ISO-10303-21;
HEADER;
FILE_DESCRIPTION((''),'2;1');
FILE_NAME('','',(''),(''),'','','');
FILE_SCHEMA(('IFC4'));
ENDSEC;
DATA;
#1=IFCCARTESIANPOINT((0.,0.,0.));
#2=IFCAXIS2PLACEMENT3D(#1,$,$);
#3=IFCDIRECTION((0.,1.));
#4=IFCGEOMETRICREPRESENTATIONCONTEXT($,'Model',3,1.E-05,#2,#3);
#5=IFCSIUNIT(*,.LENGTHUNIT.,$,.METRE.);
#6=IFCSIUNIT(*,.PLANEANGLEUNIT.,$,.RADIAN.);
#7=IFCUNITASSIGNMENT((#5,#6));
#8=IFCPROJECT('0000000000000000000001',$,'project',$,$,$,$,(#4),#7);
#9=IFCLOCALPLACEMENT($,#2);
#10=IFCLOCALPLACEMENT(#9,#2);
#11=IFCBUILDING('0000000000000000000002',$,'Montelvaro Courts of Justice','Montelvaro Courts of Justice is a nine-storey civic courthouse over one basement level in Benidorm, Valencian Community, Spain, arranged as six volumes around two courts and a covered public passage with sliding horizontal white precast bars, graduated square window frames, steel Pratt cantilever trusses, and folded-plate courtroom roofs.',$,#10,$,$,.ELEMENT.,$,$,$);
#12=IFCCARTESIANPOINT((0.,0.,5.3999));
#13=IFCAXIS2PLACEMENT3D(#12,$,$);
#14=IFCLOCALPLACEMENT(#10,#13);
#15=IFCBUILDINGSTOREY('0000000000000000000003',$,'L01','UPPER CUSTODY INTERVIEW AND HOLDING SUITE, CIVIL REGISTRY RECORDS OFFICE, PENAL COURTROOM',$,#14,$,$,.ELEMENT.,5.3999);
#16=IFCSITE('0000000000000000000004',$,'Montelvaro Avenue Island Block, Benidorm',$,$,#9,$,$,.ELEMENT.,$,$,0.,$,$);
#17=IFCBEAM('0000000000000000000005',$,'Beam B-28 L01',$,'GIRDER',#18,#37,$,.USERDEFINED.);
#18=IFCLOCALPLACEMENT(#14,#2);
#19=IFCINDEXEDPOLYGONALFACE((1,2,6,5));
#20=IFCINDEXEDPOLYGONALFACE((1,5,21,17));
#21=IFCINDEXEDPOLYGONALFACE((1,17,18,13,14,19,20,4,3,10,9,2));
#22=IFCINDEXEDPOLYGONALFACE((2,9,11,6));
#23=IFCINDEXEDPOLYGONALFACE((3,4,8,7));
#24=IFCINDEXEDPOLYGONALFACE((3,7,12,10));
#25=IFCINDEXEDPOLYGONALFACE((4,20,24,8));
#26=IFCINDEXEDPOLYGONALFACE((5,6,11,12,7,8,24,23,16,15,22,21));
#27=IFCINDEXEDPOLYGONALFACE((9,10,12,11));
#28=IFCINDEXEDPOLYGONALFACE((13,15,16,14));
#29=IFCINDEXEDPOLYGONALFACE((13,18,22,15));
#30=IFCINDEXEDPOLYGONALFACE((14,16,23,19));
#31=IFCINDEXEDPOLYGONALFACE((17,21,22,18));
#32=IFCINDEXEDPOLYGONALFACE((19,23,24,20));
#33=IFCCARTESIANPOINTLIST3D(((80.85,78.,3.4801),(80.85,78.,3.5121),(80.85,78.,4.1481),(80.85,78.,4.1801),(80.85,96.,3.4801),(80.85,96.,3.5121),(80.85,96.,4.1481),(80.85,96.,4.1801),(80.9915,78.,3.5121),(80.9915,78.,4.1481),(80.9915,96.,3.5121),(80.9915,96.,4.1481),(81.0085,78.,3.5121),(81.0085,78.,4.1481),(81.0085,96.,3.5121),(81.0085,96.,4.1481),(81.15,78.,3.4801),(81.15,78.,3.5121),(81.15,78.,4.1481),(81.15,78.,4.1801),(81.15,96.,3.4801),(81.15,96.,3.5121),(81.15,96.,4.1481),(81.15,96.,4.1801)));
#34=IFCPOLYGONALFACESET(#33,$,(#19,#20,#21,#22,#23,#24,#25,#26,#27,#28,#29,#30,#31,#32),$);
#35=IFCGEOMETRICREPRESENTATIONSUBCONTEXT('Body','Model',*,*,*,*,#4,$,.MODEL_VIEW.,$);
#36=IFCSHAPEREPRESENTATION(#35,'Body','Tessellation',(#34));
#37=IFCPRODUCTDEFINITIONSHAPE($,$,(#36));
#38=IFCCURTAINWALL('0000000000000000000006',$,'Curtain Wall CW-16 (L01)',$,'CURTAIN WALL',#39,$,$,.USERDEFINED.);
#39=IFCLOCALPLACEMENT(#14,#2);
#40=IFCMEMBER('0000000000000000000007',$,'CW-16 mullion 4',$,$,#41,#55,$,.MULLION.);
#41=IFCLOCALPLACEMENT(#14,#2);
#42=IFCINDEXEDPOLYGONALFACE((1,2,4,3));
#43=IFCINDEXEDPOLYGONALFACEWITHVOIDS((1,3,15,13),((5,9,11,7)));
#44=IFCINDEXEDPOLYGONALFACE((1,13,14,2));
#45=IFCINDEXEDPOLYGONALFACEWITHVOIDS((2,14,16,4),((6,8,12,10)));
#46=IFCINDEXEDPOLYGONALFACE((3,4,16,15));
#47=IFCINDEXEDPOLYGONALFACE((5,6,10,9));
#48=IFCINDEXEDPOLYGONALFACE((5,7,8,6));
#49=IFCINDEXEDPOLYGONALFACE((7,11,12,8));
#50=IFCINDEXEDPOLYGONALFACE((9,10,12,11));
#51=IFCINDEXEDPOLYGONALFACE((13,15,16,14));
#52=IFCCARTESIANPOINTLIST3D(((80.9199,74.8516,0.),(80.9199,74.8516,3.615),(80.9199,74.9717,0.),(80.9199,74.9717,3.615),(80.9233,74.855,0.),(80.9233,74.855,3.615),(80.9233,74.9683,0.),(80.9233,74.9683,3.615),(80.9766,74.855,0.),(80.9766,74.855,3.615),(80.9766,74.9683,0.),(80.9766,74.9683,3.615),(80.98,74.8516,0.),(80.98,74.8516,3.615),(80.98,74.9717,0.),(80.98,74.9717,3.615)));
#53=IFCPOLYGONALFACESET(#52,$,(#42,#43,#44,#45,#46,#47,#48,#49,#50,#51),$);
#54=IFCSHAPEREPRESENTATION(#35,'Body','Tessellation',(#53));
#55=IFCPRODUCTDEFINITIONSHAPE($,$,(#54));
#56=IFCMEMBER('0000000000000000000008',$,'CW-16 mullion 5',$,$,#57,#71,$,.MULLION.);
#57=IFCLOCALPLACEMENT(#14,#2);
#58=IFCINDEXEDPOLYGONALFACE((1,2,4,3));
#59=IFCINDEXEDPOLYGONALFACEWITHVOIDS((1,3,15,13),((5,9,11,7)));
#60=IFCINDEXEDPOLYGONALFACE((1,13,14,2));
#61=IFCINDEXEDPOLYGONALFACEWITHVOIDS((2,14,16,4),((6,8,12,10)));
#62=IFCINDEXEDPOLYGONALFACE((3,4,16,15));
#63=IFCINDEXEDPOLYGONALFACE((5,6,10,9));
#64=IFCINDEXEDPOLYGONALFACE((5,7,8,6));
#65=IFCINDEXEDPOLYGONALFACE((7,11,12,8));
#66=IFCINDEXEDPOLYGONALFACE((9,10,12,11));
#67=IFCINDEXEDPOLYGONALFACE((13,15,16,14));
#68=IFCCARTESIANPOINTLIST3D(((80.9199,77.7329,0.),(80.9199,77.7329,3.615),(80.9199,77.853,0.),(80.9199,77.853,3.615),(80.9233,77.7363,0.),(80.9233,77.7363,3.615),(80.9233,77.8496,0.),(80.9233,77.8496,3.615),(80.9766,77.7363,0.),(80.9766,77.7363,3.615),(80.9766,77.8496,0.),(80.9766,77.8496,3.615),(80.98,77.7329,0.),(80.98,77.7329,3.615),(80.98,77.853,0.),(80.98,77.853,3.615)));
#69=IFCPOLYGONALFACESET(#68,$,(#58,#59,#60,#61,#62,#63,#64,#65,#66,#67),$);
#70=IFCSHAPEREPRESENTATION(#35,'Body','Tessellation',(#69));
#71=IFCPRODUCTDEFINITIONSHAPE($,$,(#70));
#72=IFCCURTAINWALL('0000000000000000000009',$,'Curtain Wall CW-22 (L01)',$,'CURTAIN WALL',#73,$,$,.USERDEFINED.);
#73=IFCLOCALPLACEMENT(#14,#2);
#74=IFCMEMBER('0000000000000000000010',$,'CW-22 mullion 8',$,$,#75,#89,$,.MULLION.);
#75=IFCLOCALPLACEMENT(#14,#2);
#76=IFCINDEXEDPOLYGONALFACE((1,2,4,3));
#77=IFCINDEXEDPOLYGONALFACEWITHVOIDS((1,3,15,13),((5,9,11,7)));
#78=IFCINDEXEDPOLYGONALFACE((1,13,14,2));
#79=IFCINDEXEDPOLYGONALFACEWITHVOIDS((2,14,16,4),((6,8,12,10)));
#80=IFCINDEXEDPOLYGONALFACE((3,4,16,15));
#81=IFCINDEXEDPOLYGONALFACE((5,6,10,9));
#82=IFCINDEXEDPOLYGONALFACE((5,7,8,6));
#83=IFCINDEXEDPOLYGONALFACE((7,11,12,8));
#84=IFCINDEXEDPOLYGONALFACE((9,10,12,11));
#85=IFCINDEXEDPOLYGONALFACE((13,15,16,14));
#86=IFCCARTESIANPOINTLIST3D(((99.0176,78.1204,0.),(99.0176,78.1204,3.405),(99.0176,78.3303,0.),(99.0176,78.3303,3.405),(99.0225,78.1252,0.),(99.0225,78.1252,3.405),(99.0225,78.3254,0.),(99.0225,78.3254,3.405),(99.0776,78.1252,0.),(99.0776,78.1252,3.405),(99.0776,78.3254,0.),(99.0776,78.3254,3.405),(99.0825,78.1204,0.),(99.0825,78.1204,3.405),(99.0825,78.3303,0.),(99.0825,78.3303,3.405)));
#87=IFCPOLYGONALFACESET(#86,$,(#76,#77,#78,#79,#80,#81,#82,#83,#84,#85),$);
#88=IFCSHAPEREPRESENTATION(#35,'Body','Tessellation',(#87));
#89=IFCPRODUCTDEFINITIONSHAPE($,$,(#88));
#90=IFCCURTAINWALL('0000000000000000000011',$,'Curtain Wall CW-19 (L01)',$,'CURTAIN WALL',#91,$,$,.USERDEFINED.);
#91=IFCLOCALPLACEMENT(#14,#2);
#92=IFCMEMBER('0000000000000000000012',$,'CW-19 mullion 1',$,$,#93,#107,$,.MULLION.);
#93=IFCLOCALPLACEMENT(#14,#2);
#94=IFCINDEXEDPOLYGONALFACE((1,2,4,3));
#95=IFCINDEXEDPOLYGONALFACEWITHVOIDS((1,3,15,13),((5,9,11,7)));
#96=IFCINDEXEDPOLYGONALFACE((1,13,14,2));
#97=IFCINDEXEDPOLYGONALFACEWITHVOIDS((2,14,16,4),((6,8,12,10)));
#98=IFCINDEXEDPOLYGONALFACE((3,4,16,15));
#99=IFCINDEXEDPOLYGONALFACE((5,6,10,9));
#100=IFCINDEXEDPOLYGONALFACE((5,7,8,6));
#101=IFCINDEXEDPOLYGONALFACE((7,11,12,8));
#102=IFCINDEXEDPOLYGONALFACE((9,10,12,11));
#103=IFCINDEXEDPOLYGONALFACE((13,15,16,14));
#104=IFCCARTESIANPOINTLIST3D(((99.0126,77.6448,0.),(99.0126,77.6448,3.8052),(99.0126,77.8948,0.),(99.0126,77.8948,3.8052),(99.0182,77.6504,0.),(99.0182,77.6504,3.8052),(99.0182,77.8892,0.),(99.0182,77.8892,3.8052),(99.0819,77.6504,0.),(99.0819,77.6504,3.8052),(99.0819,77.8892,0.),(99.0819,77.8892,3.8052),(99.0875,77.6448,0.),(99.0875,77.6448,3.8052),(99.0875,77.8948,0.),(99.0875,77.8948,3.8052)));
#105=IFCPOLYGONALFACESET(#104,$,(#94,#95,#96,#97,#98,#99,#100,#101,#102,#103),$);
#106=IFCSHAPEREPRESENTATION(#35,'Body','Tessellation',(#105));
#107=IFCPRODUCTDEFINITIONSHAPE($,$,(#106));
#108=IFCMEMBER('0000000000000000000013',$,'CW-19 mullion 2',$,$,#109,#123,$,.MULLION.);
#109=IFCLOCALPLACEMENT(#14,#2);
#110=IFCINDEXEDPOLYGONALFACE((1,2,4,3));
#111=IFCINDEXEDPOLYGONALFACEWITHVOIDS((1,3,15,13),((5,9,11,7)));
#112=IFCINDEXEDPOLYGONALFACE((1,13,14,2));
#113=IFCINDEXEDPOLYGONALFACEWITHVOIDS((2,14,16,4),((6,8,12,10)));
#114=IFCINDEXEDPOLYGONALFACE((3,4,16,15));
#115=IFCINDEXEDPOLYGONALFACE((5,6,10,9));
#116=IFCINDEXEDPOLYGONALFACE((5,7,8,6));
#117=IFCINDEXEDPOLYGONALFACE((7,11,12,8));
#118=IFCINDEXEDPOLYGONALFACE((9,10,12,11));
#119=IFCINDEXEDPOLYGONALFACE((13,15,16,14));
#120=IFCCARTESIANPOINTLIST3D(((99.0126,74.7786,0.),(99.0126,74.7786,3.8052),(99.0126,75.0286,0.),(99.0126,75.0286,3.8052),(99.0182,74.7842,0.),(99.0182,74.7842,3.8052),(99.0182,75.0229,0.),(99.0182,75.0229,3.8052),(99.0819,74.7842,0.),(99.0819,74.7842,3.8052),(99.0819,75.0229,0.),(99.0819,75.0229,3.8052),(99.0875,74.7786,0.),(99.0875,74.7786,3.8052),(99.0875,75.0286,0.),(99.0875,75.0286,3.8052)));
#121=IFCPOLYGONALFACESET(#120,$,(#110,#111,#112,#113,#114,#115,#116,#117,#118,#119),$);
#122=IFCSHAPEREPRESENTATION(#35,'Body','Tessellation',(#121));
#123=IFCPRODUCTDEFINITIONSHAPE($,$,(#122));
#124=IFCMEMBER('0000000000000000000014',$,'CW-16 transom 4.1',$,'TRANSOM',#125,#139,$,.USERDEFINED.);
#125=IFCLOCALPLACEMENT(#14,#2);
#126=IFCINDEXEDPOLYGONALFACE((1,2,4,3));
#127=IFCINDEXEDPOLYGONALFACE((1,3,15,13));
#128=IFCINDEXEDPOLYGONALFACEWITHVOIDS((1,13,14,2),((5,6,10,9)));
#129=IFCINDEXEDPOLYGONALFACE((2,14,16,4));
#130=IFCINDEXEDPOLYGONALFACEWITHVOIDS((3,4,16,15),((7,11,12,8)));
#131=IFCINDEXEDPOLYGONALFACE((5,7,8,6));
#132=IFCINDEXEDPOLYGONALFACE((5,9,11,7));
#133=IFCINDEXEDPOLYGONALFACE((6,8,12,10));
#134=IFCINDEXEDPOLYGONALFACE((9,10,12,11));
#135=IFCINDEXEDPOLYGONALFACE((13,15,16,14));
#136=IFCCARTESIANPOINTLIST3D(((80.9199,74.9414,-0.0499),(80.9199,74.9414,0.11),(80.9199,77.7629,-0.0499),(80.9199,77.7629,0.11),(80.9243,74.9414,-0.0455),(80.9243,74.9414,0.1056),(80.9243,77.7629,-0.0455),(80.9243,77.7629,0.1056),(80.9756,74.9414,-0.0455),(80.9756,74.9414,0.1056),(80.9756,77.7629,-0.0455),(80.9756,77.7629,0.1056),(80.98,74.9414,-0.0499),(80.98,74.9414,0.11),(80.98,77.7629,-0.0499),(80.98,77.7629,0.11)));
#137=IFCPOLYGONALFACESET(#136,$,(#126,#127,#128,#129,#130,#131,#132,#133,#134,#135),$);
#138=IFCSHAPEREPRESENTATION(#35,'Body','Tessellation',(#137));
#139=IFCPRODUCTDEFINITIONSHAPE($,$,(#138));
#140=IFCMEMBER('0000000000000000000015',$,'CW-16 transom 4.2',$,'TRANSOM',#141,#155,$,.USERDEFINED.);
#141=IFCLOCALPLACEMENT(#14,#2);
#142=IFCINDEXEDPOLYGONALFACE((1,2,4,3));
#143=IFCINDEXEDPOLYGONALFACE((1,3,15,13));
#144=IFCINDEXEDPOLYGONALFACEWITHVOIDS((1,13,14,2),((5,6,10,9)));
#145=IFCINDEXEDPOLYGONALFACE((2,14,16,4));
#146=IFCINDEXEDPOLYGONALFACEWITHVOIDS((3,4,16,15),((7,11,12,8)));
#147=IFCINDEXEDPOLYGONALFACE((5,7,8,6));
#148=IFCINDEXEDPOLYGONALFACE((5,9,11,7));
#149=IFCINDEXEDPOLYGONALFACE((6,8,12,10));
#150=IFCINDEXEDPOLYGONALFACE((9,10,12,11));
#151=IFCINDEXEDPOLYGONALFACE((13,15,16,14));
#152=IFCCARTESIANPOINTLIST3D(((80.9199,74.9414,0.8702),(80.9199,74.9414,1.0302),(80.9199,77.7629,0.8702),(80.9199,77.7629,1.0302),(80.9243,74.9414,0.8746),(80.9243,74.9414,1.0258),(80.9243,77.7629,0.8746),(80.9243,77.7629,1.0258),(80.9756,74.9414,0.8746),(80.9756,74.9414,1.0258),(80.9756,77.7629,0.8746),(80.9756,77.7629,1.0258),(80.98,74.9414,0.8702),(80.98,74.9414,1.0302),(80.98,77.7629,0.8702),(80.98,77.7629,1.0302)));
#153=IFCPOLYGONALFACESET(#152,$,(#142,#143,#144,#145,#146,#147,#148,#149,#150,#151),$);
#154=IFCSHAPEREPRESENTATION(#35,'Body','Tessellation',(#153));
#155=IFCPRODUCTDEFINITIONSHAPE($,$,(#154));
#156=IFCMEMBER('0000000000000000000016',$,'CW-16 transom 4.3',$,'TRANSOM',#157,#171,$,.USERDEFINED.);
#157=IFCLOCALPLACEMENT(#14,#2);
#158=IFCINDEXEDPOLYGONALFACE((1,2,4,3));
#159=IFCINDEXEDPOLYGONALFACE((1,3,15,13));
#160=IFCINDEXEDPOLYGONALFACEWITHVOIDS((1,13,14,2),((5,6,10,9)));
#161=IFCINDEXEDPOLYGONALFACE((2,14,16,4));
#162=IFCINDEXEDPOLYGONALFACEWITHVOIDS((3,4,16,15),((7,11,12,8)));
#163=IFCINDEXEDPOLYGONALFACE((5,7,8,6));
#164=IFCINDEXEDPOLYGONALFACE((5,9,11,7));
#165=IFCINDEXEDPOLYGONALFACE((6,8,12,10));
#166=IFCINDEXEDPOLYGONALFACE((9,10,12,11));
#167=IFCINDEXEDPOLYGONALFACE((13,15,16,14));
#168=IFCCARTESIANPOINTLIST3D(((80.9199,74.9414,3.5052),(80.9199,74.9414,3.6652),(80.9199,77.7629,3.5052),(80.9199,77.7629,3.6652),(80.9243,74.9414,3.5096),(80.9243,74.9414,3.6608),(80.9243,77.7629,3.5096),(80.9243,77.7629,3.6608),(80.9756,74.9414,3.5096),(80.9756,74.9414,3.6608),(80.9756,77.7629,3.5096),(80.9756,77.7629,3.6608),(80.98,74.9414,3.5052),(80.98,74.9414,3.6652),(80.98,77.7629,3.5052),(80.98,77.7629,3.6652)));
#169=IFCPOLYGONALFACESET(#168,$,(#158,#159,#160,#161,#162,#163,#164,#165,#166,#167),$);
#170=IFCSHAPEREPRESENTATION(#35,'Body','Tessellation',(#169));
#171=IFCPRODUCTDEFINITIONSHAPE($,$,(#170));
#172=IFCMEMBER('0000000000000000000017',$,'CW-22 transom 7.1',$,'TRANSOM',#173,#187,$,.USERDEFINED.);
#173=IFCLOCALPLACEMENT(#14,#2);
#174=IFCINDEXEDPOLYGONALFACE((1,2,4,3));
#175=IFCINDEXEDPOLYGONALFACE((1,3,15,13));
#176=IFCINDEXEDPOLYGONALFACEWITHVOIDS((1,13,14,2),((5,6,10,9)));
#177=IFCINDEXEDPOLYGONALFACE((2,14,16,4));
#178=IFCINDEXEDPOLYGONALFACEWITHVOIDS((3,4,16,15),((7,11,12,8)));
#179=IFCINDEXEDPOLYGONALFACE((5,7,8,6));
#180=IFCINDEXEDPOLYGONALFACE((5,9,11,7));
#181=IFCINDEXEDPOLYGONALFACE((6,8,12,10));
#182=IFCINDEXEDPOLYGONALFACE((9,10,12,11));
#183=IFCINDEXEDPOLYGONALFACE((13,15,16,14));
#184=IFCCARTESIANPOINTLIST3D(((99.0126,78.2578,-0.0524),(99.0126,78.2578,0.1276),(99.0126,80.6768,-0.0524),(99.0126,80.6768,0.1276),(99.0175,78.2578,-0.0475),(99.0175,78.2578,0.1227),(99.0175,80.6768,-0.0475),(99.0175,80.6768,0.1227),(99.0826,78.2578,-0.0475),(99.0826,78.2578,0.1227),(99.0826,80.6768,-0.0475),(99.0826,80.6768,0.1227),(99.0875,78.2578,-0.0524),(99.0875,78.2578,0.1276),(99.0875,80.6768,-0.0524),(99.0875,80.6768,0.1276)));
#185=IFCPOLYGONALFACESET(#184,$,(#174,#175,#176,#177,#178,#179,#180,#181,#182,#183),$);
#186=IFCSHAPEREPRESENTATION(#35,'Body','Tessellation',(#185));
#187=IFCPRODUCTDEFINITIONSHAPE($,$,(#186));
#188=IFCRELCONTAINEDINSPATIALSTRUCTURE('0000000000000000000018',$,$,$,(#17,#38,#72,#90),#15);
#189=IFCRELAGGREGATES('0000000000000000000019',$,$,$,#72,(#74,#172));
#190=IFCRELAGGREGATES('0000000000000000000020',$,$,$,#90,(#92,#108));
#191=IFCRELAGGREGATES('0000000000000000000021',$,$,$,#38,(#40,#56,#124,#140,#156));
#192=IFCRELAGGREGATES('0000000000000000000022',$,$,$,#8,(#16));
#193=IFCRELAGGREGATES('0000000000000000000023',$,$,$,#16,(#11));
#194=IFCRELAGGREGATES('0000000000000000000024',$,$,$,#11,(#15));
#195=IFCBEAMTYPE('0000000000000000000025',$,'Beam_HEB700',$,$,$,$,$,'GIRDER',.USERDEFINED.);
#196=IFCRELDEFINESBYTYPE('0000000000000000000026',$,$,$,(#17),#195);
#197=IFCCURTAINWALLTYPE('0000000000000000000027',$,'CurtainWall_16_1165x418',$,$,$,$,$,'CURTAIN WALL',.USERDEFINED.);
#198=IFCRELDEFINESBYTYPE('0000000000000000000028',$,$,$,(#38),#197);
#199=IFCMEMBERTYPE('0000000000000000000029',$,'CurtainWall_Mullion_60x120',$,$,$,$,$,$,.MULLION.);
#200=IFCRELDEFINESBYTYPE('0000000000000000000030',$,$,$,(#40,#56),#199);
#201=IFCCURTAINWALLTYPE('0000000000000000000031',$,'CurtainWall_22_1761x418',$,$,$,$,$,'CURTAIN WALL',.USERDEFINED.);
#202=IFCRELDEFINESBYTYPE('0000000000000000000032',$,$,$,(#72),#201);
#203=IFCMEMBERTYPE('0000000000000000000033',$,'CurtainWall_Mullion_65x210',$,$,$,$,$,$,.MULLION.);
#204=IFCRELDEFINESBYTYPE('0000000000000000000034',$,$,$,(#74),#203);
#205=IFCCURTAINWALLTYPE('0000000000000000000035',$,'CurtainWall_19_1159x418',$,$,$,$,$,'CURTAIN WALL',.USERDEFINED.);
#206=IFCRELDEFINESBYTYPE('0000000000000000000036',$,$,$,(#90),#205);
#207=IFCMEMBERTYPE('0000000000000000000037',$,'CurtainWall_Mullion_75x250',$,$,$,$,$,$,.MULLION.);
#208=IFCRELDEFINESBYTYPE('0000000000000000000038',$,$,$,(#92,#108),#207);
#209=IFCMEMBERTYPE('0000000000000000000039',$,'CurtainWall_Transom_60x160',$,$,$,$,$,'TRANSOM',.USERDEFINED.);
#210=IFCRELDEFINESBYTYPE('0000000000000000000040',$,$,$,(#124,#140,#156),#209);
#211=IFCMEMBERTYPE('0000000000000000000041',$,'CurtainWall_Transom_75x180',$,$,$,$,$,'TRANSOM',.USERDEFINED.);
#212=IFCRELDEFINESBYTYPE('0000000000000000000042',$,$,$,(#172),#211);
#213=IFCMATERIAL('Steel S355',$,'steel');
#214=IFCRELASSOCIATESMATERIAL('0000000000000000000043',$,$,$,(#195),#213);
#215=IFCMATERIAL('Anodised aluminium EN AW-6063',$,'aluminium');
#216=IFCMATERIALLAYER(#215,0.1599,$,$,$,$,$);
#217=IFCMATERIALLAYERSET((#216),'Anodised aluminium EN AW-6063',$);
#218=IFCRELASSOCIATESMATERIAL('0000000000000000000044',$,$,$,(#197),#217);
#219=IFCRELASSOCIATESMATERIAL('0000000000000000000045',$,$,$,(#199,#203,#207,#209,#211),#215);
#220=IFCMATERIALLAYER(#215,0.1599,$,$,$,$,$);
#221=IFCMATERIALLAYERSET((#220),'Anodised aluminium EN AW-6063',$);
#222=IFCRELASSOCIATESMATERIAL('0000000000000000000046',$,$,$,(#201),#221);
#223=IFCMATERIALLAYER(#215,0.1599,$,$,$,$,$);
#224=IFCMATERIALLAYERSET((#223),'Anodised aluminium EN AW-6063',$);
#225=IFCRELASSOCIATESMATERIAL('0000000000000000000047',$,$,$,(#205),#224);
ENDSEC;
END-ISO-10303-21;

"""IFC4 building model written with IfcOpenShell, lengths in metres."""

from ifc_helpers import new_model, si_unit, direction, frame, origin, origin_2d, place, context, subcontext, project, spatial, hollow_rectangle, i_section, extrude, material, layer, layer_set, material_profile, profile_set, type_object, element, aggregate, save


model = new_model("IFC4")

# Units and contexts
model_context = context("Model", 3, precision=1e-05, world=origin(), true_north=direction((0.0, 1.0)))
body_context = subcontext(model_context, "Body", "Model", "MODEL_VIEW")
ifc_project = project(units=[si_unit("LENGTHUNIT", "METRE"), si_unit("PLANEANGLEUNIT", "RADIAN")], contexts=[model_context])

# Site, building, storey
site_placement = place(None, origin())
site = spatial("IfcSite", under=ifc_project, at=site_placement, Name="Montelvaro Avenue Island Block, Benidorm", CompositionType="ELEMENT", RefElevation=0.0)
building_placement = place(site_placement, origin())
building = spatial("IfcBuilding", under=site, at=building_placement, Name="Montelvaro Courts of Justice", Description="Montelvaro Courts of Justice is a nine-storey civic courthouse over one basement level in Benidorm, Valencian Community, Spain, arranged as six volumes around two courts and a covered public passage with sliding horizontal white precast bars, graduated square window frames, steel Pratt cantilever trusses, and folded-plate courtroom roofs.", CompositionType="ELEMENT")
storey_placement = place(building_placement, frame((0.0, 0.0, 5.3999)))
storey = spatial("IfcBuildingStorey", under=building, at=storey_placement, Name="L01", Description="UPPER CUSTODY INTERVIEW AND HOLDING SUITE, CIVIL REGISTRY RECORDS OFFICE, PENAL COURTROOM", CompositionType="ELEMENT", Elevation=5.3999)

# Shared definitions
ifc_material_1 = material(Name="Steel S355", Category="steel")

# Beam
ifc_material_profile_1 = material_profile(ifc_material_1, i_section(OverallWidth=0.3, OverallDepth=0.7, WebThickness=0.0171, FlangeThickness=0.032, at=origin_2d()), Name="HEB 700")
ifc_profile_set_1 = profile_set([ifc_material_profile_1], Name="Steel S355")
beam_type_1 = type_object("IfcBeamType", Name="Beam_HEB700", ElementType="GIRDER", PredefinedType="USERDEFINED", material=ifc_profile_set_1)
beam_1_placement = place(storey_placement, frame((81.0, 78.0, 3.8301), z_axis=(0.0, 1.0, 0.0), x_axis=(-1.0, 0.0, 0.0)))
element("IfcBeam", 1, at=beam_1_placement, inside=storey, type_object=beam_type_1, Name="Beam B-28 L01", ObjectType="GIRDER", PredefinedType="USERDEFINED", context=body_context, shape_type="SweptSolid", body=[
    extrude(i_section(OverallWidth=0.3, OverallDepth=0.7, WebThickness=0.0171, FlangeThickness=0.032, at=origin_2d()), origin(), (0.0, 0.0, 1.0), 18.0),
])

# Curtain wall, members
ifc_material_2 = material(Name="Anodised aluminium EN AW-6063", Category="aluminium")
ifc_layer_1 = layer(ifc_material_2, 0.1599)
ifc_layer_set_1 = layer_set([ifc_layer_1], Name="Anodised aluminium EN AW-6063")
curtain_wall_type_1 = type_object("IfcCurtainWallType", Name="CurtainWall_16_1165x418", ElementType="CURTAIN WALL", PredefinedType="USERDEFINED", material=ifc_layer_set_1)
curtain_wall_1_placement = place(storey_placement, origin())
curtain_wall_1 = element("IfcCurtainWall", 2, at=curtain_wall_1_placement, inside=storey, type_object=curtain_wall_type_1, Name="Curtain Wall CW-16 (L01)", ObjectType="CURTAIN WALL", PredefinedType="USERDEFINED")
ifc_material_profile_2 = material_profile(ifc_material_2, hollow_rectangle(XDim=0.0601, YDim=0.1201, WallThickness=0.0034, at=origin_2d()), Name="ALU-M 60x120")
ifc_profile_set_2 = profile_set([ifc_material_profile_2], Name="Anodised aluminium EN AW-6063")
member_type_1 = type_object("IfcMemberType", Name="CurtainWall_Mullion_60x120", PredefinedType="MULLION", material=ifc_profile_set_2)
member_1_placement = place(storey_placement, frame((80.95, 74.9116, 0.0), z_axis=(0.0, 0.0, 1.0), x_axis=(-1.0, 0.0, 0.0)))
member_1 = element("IfcMember", 3, at=member_1_placement, type_object=member_type_1, Name="CW-16 mullion 4", PredefinedType="MULLION", context=body_context, shape_type="SweptSolid", body=[
    extrude(hollow_rectangle(XDim=0.0601, YDim=0.1201, WallThickness=0.0034, at=origin_2d()), origin(), (0.0, 0.0, 1.0), 3.615),
])
member_2_placement = place(storey_placement, frame((80.95, 77.793, 0.0), z_axis=(0.0, 0.0, 1.0), x_axis=(-1.0, 0.0, 0.0)))
member_2 = element("IfcMember", 4, at=member_2_placement, type_object=member_type_1, Name="CW-16 mullion 5", PredefinedType="MULLION", context=body_context, shape_type="SweptSolid", body=[
    extrude(hollow_rectangle(XDim=0.0601, YDim=0.1201, WallThickness=0.0034, at=origin_2d()), origin(), (0.0, 0.0, 1.0), 3.615),
])

# Curtain wall, member
ifc_layer_2 = layer(ifc_material_2, 0.1599)
ifc_layer_set_2 = layer_set([ifc_layer_2], Name="Anodised aluminium EN AW-6063")
curtain_wall_type_2 = type_object("IfcCurtainWallType", Name="CurtainWall_22_1761x418", ElementType="CURTAIN WALL", PredefinedType="USERDEFINED", material=ifc_layer_set_2)
curtain_wall_2_placement = place(storey_placement, origin())
curtain_wall_2 = element("IfcCurtainWall", 5, at=curtain_wall_2_placement, inside=storey, type_object=curtain_wall_type_2, Name="Curtain Wall CW-22 (L01)", ObjectType="CURTAIN WALL", PredefinedType="USERDEFINED")
ifc_material_profile_3 = material_profile(ifc_material_2, hollow_rectangle(XDim=0.0649, YDim=0.21, WallThickness=0.0049, at=origin_2d()), Name="ALU-M 65x210")
ifc_profile_set_3 = profile_set([ifc_material_profile_3], Name="Anodised aluminium EN AW-6063")
member_type_2 = type_object("IfcMemberType", Name="CurtainWall_Mullion_65x210", PredefinedType="MULLION", material=ifc_profile_set_3)
member_3_placement = place(storey_placement, frame((99.05, 78.2253, 0.0), z_axis=(0.0, 0.0, 1.0), x_axis=(1.0, 0.0, 0.0)))
member_3 = element("IfcMember", 6, at=member_3_placement, type_object=member_type_2, Name="CW-22 mullion 8", PredefinedType="MULLION", context=body_context, shape_type="SweptSolid", body=[
    extrude(hollow_rectangle(XDim=0.0649, YDim=0.21, WallThickness=0.0049, at=origin_2d()), origin(), (0.0, 0.0, 1.0), 3.405),
])

# Curtain wall, members
ifc_layer_3 = layer(ifc_material_2, 0.1599)
ifc_layer_set_3 = layer_set([ifc_layer_3], Name="Anodised aluminium EN AW-6063")
curtain_wall_type_3 = type_object("IfcCurtainWallType", Name="CurtainWall_19_1159x418", ElementType="CURTAIN WALL", PredefinedType="USERDEFINED", material=ifc_layer_set_3)
curtain_wall_3_placement = place(storey_placement, origin())
curtain_wall_3 = element("IfcCurtainWall", 7, at=curtain_wall_3_placement, inside=storey, type_object=curtain_wall_type_3, Name="Curtain Wall CW-19 (L01)", ObjectType="CURTAIN WALL", PredefinedType="USERDEFINED")
ifc_material_profile_4 = material_profile(ifc_material_2, hollow_rectangle(XDim=0.075, YDim=0.25, WallThickness=0.0056, at=origin_2d()), Name="ALU-M 75x250")
ifc_profile_set_4 = profile_set([ifc_material_profile_4], Name="Anodised aluminium EN AW-6063")
member_type_3 = type_object("IfcMemberType", Name="CurtainWall_Mullion_75x250", PredefinedType="MULLION", material=ifc_profile_set_4)
member_4_placement = place(storey_placement, frame((99.05, 77.7698, 0.0), z_axis=(0.0, 0.0, 1.0), x_axis=(1.0, 0.0, 0.0)))
member_4 = element("IfcMember", 8, at=member_4_placement, type_object=member_type_3, Name="CW-19 mullion 1", PredefinedType="MULLION", context=body_context, shape_type="SweptSolid", body=[
    extrude(hollow_rectangle(XDim=0.075, YDim=0.25, WallThickness=0.0056, at=origin_2d()), origin(), (0.0, 0.0, 1.0), 3.8052),
])
member_5_placement = place(storey_placement, frame((99.05, 74.9036, 0.0), z_axis=(0.0, 0.0, 1.0), x_axis=(1.0, 0.0, 0.0)))
member_5 = element("IfcMember", 9, at=member_5_placement, type_object=member_type_3, Name="CW-19 mullion 2", PredefinedType="MULLION", context=body_context, shape_type="SweptSolid", body=[
    extrude(hollow_rectangle(XDim=0.075, YDim=0.25, WallThickness=0.0056, at=origin_2d()), origin(), (0.0, 0.0, 1.0), 3.8052),
])

# Members
ifc_material_profile_5 = material_profile(ifc_material_2, hollow_rectangle(XDim=0.0601, YDim=0.1599, WallThickness=0.0044, at=origin_2d()), Name="ALU-T 60x160")
ifc_profile_set_5 = profile_set([ifc_material_profile_5], Name="Anodised aluminium EN AW-6063")
member_type_4 = type_object("IfcMemberType", Name="CurtainWall_Transom_60x160", ElementType="TRANSOM", PredefinedType="USERDEFINED", material=ifc_profile_set_5)
member_6_placement = place(storey_placement, frame((80.95, 74.9414, 0.03), z_axis=(0.0, 1.0, 0.0), x_axis=(-1.0, 0.0, 0.0)))
member_6 = element("IfcMember", 10, at=member_6_placement, type_object=member_type_4, Name="CW-16 transom 4.1", ObjectType="TRANSOM", PredefinedType="USERDEFINED", context=body_context, shape_type="SweptSolid", body=[
    extrude(hollow_rectangle(XDim=0.0601, YDim=0.1599, WallThickness=0.0044, at=origin_2d()), origin(), (0.0, 0.0, 1.0), 2.8215),
])
member_7_placement = place(storey_placement, frame((80.95, 74.9414, 0.9502), z_axis=(0.0, 1.0, 0.0), x_axis=(-1.0, 0.0, 0.0)))
member_7 = element("IfcMember", 11, at=member_7_placement, type_object=member_type_4, Name="CW-16 transom 4.2", ObjectType="TRANSOM", PredefinedType="USERDEFINED", context=body_context, shape_type="SweptSolid", body=[
    extrude(hollow_rectangle(XDim=0.0601, YDim=0.1599, WallThickness=0.0044, at=origin_2d()), origin(), (0.0, 0.0, 1.0), 2.8215),
])
member_8_placement = place(storey_placement, frame((80.95, 74.9414, 3.5852), z_axis=(0.0, 1.0, 0.0), x_axis=(-1.0, 0.0, 0.0)))
member_8 = element("IfcMember", 12, at=member_8_placement, type_object=member_type_4, Name="CW-16 transom 4.3", ObjectType="TRANSOM", PredefinedType="USERDEFINED", context=body_context, shape_type="SweptSolid", body=[
    extrude(hollow_rectangle(XDim=0.0601, YDim=0.1599, WallThickness=0.0044, at=origin_2d()), origin(), (0.0, 0.0, 1.0), 2.8215),
])
ifc_material_profile_6 = material_profile(ifc_material_2, hollow_rectangle(XDim=0.075, YDim=0.1799, WallThickness=0.0049, at=origin_2d()), Name="ALU-T 75x180")
ifc_profile_set_6 = profile_set([ifc_material_profile_6], Name="Anodised aluminium EN AW-6063")
member_type_5 = type_object("IfcMemberType", Name="CurtainWall_Transom_75x180", ElementType="TRANSOM", PredefinedType="USERDEFINED", material=ifc_profile_set_6)
member_9_placement = place(storey_placement, frame((99.05, 80.6768, 0.0376), z_axis=(0.0, -1.0, 0.0), x_axis=(1.0, 0.0, 0.0)))
member_9 = element("IfcMember", 13, at=member_9_placement, type_object=member_type_5, Name="CW-22 transom 7.1", ObjectType="TRANSOM", PredefinedType="USERDEFINED", context=body_context, shape_type="SweptSolid", body=[
    extrude(hollow_rectangle(XDim=0.075, YDim=0.1799, WallThickness=0.0049, at=origin_2d()), origin(), (0.0, 0.0, 1.0), 2.4189),
])

aggregate(curtain_wall_2, [member_3, member_9])
aggregate(curtain_wall_3, [member_4, member_5])
aggregate(curtain_wall_1, [member_1, member_2, member_6, member_7, member_8])

save(model, "model.ifc")
